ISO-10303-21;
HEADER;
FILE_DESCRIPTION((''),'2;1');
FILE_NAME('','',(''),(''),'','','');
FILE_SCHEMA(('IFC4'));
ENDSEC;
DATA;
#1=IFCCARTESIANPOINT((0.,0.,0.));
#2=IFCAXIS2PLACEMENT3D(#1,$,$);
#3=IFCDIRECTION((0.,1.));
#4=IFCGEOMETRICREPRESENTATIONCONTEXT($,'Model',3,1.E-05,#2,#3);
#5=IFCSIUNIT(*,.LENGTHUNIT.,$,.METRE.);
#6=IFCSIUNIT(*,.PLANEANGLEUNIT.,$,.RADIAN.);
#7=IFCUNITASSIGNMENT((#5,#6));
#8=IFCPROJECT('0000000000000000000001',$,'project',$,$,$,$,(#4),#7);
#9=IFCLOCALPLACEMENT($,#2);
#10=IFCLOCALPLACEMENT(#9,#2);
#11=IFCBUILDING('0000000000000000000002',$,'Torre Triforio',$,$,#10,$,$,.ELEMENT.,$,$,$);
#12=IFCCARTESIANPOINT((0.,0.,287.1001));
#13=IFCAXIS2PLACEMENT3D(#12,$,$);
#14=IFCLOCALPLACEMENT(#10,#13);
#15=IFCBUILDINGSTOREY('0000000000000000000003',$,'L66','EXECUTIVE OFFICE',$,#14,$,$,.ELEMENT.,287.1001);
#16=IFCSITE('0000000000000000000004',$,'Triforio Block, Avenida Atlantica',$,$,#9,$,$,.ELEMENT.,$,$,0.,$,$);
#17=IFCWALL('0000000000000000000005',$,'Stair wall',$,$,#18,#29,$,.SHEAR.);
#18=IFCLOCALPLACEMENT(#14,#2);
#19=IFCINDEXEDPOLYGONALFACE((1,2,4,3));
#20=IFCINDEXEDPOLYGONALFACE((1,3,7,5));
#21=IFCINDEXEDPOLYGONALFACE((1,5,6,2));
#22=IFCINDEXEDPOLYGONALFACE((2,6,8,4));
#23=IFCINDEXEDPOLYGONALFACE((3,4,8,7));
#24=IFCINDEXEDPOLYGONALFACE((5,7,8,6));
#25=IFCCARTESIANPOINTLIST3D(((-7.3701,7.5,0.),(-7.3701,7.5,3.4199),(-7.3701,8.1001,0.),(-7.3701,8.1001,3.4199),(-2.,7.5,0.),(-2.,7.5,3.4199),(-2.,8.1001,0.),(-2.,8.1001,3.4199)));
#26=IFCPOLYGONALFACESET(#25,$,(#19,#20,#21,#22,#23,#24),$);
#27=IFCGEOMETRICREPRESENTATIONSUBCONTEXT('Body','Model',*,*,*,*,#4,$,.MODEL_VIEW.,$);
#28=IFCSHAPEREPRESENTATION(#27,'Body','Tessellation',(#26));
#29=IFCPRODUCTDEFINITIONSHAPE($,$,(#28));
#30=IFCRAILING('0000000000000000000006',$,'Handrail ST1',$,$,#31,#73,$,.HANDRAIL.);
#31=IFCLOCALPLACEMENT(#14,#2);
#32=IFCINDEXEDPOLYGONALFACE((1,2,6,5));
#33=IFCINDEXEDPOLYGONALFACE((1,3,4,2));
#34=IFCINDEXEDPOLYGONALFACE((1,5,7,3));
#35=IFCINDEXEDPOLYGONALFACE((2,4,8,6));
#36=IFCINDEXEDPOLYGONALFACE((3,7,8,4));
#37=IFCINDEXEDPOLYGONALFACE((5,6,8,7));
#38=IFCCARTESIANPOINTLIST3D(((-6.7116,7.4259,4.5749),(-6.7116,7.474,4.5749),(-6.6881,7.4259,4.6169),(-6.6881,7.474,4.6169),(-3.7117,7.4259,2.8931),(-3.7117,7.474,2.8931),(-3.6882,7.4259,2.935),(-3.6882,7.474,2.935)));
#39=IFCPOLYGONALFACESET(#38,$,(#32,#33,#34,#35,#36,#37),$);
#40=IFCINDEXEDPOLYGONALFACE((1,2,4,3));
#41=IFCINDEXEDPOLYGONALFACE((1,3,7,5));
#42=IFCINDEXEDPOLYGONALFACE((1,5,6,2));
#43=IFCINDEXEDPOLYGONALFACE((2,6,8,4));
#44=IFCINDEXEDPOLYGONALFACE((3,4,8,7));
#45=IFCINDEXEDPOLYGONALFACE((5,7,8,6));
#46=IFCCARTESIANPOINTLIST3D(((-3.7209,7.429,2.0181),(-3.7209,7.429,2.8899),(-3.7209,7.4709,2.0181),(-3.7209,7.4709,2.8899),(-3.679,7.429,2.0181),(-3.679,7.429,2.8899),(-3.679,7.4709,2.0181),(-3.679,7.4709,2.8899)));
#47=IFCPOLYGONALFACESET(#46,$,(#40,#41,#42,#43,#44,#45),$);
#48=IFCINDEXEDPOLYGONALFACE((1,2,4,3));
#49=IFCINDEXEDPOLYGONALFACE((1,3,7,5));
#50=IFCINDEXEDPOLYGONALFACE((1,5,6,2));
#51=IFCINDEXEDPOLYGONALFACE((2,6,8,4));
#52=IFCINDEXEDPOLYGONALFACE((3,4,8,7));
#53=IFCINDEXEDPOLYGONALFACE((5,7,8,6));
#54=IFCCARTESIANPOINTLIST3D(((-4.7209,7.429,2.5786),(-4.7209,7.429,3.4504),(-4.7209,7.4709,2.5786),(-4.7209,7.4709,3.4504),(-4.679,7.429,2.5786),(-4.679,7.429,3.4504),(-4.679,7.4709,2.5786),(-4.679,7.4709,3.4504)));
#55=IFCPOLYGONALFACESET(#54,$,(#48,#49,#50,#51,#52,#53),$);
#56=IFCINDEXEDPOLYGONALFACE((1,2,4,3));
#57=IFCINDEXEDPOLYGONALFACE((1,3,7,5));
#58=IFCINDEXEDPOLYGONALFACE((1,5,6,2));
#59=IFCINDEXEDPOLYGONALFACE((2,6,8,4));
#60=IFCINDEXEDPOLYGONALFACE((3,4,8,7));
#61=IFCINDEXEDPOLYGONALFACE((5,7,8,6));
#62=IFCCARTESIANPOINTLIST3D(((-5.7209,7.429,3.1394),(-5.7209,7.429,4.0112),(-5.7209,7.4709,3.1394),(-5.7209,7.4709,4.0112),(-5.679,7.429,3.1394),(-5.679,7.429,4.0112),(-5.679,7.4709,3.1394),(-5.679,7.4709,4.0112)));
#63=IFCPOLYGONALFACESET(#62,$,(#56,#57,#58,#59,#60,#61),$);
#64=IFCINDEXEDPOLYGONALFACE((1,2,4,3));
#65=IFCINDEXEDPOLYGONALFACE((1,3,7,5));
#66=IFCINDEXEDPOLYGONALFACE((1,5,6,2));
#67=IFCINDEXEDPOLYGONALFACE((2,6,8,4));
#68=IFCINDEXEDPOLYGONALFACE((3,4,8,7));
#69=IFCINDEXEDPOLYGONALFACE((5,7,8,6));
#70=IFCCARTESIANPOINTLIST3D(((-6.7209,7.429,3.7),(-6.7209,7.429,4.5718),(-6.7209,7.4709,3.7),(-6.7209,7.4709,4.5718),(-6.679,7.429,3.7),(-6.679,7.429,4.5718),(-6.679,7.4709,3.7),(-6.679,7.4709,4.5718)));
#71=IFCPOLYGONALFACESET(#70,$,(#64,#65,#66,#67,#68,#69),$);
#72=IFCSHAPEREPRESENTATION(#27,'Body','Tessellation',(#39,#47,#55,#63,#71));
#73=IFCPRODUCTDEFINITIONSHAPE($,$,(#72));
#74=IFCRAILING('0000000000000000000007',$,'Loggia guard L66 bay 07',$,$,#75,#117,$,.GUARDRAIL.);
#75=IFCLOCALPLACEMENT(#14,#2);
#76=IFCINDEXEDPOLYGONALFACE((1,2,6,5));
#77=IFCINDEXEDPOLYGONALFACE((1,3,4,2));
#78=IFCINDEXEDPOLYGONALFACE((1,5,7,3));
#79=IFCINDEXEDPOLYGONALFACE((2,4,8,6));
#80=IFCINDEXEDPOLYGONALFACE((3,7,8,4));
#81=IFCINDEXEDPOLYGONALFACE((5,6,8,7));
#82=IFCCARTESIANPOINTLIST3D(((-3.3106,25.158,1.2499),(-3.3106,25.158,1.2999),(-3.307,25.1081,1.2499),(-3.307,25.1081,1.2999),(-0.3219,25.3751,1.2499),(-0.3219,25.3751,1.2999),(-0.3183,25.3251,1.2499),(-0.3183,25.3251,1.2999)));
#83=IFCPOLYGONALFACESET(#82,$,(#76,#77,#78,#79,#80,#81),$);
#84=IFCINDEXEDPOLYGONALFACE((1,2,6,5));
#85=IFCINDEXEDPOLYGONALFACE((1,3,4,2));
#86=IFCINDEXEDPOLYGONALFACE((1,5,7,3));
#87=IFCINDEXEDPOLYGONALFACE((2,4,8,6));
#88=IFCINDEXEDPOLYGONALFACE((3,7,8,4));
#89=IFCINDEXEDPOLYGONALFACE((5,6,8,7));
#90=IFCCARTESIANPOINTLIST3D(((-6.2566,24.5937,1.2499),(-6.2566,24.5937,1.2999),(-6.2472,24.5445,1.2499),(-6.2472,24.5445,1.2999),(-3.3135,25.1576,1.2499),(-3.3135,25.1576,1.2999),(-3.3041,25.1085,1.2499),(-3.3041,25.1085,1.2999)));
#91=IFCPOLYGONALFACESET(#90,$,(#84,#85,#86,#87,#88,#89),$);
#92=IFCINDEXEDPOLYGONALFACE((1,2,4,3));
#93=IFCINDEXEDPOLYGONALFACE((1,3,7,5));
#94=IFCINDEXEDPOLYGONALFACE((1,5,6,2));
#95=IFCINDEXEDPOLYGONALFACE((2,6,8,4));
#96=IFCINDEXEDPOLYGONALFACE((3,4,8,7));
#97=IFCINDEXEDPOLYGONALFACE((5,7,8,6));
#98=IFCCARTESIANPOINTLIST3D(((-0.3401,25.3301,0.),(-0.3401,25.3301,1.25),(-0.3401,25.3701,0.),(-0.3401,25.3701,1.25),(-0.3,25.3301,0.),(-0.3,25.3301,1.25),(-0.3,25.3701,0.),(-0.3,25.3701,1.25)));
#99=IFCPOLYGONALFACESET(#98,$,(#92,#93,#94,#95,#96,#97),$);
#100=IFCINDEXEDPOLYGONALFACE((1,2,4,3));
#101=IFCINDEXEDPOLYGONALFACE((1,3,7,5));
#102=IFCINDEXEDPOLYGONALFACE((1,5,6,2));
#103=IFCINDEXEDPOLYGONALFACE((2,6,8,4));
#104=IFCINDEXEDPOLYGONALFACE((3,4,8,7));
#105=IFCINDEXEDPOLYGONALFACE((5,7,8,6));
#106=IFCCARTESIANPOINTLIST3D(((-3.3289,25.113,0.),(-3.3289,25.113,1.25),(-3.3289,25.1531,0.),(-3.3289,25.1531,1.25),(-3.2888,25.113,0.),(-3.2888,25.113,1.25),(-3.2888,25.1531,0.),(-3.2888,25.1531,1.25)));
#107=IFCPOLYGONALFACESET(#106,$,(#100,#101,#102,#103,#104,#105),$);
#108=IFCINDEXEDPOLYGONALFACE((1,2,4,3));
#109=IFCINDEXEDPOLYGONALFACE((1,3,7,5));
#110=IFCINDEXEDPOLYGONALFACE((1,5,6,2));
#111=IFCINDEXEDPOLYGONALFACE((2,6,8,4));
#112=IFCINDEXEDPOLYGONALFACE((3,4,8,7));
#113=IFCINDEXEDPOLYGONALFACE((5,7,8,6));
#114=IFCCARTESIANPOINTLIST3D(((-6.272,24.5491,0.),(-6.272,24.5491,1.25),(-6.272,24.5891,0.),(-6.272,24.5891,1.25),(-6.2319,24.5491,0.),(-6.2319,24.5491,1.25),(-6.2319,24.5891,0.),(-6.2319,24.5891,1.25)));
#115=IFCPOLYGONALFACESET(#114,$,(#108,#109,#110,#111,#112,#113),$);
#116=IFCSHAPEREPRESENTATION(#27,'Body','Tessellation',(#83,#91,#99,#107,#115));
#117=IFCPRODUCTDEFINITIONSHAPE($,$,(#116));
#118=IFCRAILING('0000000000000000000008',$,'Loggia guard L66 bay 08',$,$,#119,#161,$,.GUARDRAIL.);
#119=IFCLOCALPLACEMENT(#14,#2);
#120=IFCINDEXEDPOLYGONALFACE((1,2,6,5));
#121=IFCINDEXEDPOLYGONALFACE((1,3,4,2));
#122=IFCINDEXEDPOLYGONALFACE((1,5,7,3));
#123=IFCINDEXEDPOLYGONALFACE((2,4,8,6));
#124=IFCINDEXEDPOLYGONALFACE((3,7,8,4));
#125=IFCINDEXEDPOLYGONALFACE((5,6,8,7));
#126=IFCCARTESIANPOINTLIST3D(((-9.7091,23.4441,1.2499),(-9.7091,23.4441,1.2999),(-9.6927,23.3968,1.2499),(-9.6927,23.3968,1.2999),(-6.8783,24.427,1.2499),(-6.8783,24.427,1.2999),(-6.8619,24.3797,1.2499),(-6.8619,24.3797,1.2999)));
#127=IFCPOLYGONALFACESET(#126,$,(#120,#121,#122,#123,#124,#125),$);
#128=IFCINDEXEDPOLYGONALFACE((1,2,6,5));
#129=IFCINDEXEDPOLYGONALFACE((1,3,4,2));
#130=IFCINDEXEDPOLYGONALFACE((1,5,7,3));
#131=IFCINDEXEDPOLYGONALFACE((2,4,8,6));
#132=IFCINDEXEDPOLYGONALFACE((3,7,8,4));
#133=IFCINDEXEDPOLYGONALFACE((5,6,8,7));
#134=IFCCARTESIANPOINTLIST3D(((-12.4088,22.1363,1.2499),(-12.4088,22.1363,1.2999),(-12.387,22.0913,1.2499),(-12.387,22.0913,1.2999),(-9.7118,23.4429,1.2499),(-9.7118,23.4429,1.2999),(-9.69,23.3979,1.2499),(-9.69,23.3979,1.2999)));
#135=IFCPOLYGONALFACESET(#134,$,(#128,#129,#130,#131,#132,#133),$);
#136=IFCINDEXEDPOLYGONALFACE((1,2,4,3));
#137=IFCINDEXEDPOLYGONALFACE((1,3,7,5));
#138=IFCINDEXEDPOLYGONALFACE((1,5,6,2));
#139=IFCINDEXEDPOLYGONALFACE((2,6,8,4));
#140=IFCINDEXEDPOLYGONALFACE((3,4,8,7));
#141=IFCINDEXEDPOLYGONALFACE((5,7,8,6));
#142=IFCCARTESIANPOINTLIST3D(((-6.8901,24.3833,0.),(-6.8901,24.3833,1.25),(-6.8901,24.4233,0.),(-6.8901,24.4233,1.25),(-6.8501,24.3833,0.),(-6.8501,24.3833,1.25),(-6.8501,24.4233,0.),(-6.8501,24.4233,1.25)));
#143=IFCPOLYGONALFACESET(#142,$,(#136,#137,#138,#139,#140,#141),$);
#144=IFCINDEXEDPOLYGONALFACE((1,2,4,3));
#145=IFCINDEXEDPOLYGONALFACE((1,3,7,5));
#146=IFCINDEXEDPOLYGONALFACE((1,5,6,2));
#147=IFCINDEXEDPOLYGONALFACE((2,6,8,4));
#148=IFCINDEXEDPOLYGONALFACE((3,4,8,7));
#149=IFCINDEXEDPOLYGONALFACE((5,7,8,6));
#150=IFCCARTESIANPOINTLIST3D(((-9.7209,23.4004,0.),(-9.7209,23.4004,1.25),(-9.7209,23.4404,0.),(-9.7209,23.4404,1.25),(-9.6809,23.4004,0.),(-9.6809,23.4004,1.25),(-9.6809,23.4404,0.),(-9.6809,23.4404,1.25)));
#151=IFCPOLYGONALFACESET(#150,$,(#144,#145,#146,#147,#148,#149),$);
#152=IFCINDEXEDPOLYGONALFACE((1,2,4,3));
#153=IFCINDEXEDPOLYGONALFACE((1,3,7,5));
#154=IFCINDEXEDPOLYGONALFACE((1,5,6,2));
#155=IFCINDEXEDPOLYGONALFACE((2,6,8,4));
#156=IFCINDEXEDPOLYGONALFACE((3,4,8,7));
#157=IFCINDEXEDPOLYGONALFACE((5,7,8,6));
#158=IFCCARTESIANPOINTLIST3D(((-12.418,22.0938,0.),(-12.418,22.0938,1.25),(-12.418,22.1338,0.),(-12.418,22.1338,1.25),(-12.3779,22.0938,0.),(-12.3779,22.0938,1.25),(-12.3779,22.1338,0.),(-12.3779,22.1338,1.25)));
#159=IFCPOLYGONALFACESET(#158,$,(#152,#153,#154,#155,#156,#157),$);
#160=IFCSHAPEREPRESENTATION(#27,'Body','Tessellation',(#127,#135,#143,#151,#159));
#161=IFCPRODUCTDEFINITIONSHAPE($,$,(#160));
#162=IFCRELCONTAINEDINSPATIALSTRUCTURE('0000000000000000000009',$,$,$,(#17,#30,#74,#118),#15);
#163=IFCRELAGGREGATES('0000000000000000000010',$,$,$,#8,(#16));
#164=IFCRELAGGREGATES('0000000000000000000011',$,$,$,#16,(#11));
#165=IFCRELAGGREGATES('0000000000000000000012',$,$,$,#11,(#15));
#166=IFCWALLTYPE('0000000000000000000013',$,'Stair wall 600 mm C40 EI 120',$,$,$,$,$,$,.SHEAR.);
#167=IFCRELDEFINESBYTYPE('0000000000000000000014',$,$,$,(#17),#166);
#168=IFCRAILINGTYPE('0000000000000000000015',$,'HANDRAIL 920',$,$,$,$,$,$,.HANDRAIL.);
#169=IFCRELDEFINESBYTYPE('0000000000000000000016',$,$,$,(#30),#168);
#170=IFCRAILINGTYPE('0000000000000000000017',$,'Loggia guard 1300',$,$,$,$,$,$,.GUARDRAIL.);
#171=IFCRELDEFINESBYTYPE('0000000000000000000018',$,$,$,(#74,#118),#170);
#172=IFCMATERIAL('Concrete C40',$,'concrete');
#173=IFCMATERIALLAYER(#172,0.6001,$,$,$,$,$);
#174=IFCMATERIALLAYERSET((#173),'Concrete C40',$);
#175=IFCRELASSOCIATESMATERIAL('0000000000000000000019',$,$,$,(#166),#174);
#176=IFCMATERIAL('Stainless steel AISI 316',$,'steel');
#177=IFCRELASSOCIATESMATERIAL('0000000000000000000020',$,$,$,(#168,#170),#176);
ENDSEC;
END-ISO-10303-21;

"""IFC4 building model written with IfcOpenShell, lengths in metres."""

from ifc_helpers import new_model, si_unit, direction, frame, frame_2d, origin, origin_2d, place, context, subcontext, project, spatial, rectangle, extrude, material, layer, layer_set, type_object, element, save


model = new_model("IFC4")

# Units and contexts
model_context = context("Model", 3, precision=1e-05, world=origin(), true_north=direction((0.0, 1.0)))
body_context = subcontext(model_context, "Body", "Model", "MODEL_VIEW")
ifc_project = project(units=[si_unit("LENGTHUNIT", "METRE"), si_unit("PLANEANGLEUNIT", "RADIAN")], contexts=[model_context])

# Site, building, storey
site_placement = place(None, origin())
site = spatial("IfcSite", under=ifc_project, at=site_placement, Name="Triforio Block, Avenida Atlantica", CompositionType="ELEMENT", RefElevation=0.0)
building_placement = place(site_placement, origin())
building = spatial("IfcBuilding", under=site, at=building_placement, Name="Torre Triforio", CompositionType="ELEMENT")
storey_placement = place(building_placement, frame((0.0, 0.0, 287.1001)))
storey = spatial("IfcBuildingStorey", under=building, at=storey_placement, Name="L66", Description="EXECUTIVE OFFICE", CompositionType="ELEMENT", Elevation=287.1001)

# Shared definitions
ifc_material_1 = material(Name="Concrete C40", Category="concrete")

# Wall
ifc_layer_1 = layer(ifc_material_1, 0.6001)
ifc_layer_set_1 = layer_set([ifc_layer_1], Name="Concrete C40")
wall_type_1 = type_object("IfcWallType", Name="Stair wall 600 mm C40 EI 120", PredefinedType="SHEAR", material=ifc_layer_set_1)
wall_1_placement = place(storey_placement, frame((-7.3701, 7.8, 0.0), z_axis=(0.0, 0.0, 1.0), x_axis=(1.0, 0.0, 0.0)))
element("IfcWall", 1, at=wall_1_placement, inside=storey, type_object=wall_type_1, Name="Stair wall", PredefinedType="SHEAR", context=body_context, shape_type="SweptSolid", body=[
    extrude(rectangle(XDim=5.3701, YDim=0.6001, at=frame_2d((2.6851, 0.0))), origin(), (0.0, 0.0, 1.0), 3.4199),
])

# Railings
ifc_material_2 = material(Name="Stainless steel AISI 316", Category="steel")
railing_type_1 = type_object("IfcRailingType", Name="HANDRAIL 920", PredefinedType="HANDRAIL", material=ifc_material_2)
railing_1_placement = place(storey_placement, frame((-3.7, 7.45, 2.0181)))
element("IfcRailing", 2, at=railing_1_placement, inside=storey, type_object=railing_type_1, Name="Handrail ST1", PredefinedType="HANDRAIL", context=body_context, shape_type="SweptSolid", body=[
    extrude(rectangle(XDim=0.0481, YDim=0.0481, at=origin_2d()), frame((0.0, 0.0, 0.896), z_axis=(-0.872272, 0.0, 0.48902), x_axis=(0.0, -1.0, 0.0)), (0.0, 0.0, 1.0), 3.4392),
    extrude(rectangle(XDim=0.042, YDim=0.042, at=origin_2d()), origin(), (0.0, 0.0, 1.0), 0.8718),
    extrude(rectangle(XDim=0.042, YDim=0.042, at=origin_2d()), frame((-1.0, 0.0, 0.5605)), (0.0, 0.0, 1.0), 0.8718),
    extrude(rectangle(XDim=0.042, YDim=0.042, at=origin_2d()), frame((-2.0, 0.0, 1.1213)), (0.0, 0.0, 1.0), 0.8718),
    extrude(rectangle(XDim=0.042, YDim=0.042, at=origin_2d()), frame((-3.0, 0.0, 1.6819)), (0.0, 0.0, 1.0), 0.8718),
])
railing_type_2 = type_object("IfcRailingType", Name="Loggia guard 1300", PredefinedType="GUARDRAIL", material=ifc_material_2)
railing_2_placement = place(storey_placement, frame((-0.3201, 25.3501, 0.0)))
element("IfcRailing", 3, at=railing_2_placement, inside=storey, type_object=railing_type_2, Name="Loggia guard L66 bay 07", PredefinedType="GUARDRAIL", context=body_context, shape_type="SweptSolid", body=[
    extrude(rectangle(XDim=0.05, YDim=0.05, at=origin_2d()), frame((0.0, 0.0, 1.2749), z_axis=(-0.997374, -0.072428, 0.0), x_axis=(0.072428, -0.997374, 0.0)), (0.0, 0.0, 1.0), 2.9966),
    extrude(rectangle(XDim=0.05, YDim=0.05, at=origin_2d()), frame((-2.9888, -0.217, 1.2749), z_axis=(-0.982131, -0.188198, 0.0), x_axis=(0.188198, -0.982131, 0.0)), (0.0, 0.0, 1.0), 2.9966),
    extrude(rectangle(XDim=0.04, YDim=0.04, at=origin_2d()), origin(), (0.0, 0.0, 1.0), 1.25),
    extrude(rectangle(XDim=0.04, YDim=0.04, at=origin_2d()), frame((-2.9888, -0.217, 0.0)), (0.0, 0.0, 1.0), 1.25),
    extrude(rectangle(XDim=0.04, YDim=0.04, at=origin_2d()), frame((-5.9319, -0.781, 0.0)), (0.0, 0.0, 1.0), 1.25),
])
railing_3_placement = place(storey_placement, frame((-6.8701, 24.4033, 0.0)))
element("IfcRailing", 4, at=railing_3_placement, inside=storey, type_object=railing_type_2, Name="Loggia guard L66 bay 08", PredefinedType="GUARDRAIL", context=body_context, shape_type="SweptSolid", body=[
    extrude(rectangle(XDim=0.05, YDim=0.05, at=origin_2d()), frame((0.0, 0.0, 1.2749), z_axis=(-0.944675, -0.328009, 0.0), x_axis=(0.328009, -0.944675, 0.0)), (0.0, 0.0, 1.0), 2.9966),
    extrude(rectangle(XDim=0.05, YDim=0.05, at=origin_2d()), frame((-2.8308, -0.9829, 1.2749), z_axis=(-0.899946, -0.436002, 0.0), x_axis=(0.436002, -0.899946, 0.0)), (0.0, 0.0, 1.0), 2.9968),
    extrude(rectangle(XDim=0.04, YDim=0.04, at=origin_2d()), origin(), (0.0, 0.0, 1.0), 1.25),
    extrude(rectangle(XDim=0.04, YDim=0.04, at=origin_2d()), frame((-2.8308, -0.9829, 0.0)), (0.0, 0.0, 1.0), 1.25),
    extrude(rectangle(XDim=0.04, YDim=0.04, at=origin_2d()), frame((-5.5278, -2.2896, 0.0)), (0.0, 0.0, 1.0), 1.25),
])

save(model, "model.ifc")
